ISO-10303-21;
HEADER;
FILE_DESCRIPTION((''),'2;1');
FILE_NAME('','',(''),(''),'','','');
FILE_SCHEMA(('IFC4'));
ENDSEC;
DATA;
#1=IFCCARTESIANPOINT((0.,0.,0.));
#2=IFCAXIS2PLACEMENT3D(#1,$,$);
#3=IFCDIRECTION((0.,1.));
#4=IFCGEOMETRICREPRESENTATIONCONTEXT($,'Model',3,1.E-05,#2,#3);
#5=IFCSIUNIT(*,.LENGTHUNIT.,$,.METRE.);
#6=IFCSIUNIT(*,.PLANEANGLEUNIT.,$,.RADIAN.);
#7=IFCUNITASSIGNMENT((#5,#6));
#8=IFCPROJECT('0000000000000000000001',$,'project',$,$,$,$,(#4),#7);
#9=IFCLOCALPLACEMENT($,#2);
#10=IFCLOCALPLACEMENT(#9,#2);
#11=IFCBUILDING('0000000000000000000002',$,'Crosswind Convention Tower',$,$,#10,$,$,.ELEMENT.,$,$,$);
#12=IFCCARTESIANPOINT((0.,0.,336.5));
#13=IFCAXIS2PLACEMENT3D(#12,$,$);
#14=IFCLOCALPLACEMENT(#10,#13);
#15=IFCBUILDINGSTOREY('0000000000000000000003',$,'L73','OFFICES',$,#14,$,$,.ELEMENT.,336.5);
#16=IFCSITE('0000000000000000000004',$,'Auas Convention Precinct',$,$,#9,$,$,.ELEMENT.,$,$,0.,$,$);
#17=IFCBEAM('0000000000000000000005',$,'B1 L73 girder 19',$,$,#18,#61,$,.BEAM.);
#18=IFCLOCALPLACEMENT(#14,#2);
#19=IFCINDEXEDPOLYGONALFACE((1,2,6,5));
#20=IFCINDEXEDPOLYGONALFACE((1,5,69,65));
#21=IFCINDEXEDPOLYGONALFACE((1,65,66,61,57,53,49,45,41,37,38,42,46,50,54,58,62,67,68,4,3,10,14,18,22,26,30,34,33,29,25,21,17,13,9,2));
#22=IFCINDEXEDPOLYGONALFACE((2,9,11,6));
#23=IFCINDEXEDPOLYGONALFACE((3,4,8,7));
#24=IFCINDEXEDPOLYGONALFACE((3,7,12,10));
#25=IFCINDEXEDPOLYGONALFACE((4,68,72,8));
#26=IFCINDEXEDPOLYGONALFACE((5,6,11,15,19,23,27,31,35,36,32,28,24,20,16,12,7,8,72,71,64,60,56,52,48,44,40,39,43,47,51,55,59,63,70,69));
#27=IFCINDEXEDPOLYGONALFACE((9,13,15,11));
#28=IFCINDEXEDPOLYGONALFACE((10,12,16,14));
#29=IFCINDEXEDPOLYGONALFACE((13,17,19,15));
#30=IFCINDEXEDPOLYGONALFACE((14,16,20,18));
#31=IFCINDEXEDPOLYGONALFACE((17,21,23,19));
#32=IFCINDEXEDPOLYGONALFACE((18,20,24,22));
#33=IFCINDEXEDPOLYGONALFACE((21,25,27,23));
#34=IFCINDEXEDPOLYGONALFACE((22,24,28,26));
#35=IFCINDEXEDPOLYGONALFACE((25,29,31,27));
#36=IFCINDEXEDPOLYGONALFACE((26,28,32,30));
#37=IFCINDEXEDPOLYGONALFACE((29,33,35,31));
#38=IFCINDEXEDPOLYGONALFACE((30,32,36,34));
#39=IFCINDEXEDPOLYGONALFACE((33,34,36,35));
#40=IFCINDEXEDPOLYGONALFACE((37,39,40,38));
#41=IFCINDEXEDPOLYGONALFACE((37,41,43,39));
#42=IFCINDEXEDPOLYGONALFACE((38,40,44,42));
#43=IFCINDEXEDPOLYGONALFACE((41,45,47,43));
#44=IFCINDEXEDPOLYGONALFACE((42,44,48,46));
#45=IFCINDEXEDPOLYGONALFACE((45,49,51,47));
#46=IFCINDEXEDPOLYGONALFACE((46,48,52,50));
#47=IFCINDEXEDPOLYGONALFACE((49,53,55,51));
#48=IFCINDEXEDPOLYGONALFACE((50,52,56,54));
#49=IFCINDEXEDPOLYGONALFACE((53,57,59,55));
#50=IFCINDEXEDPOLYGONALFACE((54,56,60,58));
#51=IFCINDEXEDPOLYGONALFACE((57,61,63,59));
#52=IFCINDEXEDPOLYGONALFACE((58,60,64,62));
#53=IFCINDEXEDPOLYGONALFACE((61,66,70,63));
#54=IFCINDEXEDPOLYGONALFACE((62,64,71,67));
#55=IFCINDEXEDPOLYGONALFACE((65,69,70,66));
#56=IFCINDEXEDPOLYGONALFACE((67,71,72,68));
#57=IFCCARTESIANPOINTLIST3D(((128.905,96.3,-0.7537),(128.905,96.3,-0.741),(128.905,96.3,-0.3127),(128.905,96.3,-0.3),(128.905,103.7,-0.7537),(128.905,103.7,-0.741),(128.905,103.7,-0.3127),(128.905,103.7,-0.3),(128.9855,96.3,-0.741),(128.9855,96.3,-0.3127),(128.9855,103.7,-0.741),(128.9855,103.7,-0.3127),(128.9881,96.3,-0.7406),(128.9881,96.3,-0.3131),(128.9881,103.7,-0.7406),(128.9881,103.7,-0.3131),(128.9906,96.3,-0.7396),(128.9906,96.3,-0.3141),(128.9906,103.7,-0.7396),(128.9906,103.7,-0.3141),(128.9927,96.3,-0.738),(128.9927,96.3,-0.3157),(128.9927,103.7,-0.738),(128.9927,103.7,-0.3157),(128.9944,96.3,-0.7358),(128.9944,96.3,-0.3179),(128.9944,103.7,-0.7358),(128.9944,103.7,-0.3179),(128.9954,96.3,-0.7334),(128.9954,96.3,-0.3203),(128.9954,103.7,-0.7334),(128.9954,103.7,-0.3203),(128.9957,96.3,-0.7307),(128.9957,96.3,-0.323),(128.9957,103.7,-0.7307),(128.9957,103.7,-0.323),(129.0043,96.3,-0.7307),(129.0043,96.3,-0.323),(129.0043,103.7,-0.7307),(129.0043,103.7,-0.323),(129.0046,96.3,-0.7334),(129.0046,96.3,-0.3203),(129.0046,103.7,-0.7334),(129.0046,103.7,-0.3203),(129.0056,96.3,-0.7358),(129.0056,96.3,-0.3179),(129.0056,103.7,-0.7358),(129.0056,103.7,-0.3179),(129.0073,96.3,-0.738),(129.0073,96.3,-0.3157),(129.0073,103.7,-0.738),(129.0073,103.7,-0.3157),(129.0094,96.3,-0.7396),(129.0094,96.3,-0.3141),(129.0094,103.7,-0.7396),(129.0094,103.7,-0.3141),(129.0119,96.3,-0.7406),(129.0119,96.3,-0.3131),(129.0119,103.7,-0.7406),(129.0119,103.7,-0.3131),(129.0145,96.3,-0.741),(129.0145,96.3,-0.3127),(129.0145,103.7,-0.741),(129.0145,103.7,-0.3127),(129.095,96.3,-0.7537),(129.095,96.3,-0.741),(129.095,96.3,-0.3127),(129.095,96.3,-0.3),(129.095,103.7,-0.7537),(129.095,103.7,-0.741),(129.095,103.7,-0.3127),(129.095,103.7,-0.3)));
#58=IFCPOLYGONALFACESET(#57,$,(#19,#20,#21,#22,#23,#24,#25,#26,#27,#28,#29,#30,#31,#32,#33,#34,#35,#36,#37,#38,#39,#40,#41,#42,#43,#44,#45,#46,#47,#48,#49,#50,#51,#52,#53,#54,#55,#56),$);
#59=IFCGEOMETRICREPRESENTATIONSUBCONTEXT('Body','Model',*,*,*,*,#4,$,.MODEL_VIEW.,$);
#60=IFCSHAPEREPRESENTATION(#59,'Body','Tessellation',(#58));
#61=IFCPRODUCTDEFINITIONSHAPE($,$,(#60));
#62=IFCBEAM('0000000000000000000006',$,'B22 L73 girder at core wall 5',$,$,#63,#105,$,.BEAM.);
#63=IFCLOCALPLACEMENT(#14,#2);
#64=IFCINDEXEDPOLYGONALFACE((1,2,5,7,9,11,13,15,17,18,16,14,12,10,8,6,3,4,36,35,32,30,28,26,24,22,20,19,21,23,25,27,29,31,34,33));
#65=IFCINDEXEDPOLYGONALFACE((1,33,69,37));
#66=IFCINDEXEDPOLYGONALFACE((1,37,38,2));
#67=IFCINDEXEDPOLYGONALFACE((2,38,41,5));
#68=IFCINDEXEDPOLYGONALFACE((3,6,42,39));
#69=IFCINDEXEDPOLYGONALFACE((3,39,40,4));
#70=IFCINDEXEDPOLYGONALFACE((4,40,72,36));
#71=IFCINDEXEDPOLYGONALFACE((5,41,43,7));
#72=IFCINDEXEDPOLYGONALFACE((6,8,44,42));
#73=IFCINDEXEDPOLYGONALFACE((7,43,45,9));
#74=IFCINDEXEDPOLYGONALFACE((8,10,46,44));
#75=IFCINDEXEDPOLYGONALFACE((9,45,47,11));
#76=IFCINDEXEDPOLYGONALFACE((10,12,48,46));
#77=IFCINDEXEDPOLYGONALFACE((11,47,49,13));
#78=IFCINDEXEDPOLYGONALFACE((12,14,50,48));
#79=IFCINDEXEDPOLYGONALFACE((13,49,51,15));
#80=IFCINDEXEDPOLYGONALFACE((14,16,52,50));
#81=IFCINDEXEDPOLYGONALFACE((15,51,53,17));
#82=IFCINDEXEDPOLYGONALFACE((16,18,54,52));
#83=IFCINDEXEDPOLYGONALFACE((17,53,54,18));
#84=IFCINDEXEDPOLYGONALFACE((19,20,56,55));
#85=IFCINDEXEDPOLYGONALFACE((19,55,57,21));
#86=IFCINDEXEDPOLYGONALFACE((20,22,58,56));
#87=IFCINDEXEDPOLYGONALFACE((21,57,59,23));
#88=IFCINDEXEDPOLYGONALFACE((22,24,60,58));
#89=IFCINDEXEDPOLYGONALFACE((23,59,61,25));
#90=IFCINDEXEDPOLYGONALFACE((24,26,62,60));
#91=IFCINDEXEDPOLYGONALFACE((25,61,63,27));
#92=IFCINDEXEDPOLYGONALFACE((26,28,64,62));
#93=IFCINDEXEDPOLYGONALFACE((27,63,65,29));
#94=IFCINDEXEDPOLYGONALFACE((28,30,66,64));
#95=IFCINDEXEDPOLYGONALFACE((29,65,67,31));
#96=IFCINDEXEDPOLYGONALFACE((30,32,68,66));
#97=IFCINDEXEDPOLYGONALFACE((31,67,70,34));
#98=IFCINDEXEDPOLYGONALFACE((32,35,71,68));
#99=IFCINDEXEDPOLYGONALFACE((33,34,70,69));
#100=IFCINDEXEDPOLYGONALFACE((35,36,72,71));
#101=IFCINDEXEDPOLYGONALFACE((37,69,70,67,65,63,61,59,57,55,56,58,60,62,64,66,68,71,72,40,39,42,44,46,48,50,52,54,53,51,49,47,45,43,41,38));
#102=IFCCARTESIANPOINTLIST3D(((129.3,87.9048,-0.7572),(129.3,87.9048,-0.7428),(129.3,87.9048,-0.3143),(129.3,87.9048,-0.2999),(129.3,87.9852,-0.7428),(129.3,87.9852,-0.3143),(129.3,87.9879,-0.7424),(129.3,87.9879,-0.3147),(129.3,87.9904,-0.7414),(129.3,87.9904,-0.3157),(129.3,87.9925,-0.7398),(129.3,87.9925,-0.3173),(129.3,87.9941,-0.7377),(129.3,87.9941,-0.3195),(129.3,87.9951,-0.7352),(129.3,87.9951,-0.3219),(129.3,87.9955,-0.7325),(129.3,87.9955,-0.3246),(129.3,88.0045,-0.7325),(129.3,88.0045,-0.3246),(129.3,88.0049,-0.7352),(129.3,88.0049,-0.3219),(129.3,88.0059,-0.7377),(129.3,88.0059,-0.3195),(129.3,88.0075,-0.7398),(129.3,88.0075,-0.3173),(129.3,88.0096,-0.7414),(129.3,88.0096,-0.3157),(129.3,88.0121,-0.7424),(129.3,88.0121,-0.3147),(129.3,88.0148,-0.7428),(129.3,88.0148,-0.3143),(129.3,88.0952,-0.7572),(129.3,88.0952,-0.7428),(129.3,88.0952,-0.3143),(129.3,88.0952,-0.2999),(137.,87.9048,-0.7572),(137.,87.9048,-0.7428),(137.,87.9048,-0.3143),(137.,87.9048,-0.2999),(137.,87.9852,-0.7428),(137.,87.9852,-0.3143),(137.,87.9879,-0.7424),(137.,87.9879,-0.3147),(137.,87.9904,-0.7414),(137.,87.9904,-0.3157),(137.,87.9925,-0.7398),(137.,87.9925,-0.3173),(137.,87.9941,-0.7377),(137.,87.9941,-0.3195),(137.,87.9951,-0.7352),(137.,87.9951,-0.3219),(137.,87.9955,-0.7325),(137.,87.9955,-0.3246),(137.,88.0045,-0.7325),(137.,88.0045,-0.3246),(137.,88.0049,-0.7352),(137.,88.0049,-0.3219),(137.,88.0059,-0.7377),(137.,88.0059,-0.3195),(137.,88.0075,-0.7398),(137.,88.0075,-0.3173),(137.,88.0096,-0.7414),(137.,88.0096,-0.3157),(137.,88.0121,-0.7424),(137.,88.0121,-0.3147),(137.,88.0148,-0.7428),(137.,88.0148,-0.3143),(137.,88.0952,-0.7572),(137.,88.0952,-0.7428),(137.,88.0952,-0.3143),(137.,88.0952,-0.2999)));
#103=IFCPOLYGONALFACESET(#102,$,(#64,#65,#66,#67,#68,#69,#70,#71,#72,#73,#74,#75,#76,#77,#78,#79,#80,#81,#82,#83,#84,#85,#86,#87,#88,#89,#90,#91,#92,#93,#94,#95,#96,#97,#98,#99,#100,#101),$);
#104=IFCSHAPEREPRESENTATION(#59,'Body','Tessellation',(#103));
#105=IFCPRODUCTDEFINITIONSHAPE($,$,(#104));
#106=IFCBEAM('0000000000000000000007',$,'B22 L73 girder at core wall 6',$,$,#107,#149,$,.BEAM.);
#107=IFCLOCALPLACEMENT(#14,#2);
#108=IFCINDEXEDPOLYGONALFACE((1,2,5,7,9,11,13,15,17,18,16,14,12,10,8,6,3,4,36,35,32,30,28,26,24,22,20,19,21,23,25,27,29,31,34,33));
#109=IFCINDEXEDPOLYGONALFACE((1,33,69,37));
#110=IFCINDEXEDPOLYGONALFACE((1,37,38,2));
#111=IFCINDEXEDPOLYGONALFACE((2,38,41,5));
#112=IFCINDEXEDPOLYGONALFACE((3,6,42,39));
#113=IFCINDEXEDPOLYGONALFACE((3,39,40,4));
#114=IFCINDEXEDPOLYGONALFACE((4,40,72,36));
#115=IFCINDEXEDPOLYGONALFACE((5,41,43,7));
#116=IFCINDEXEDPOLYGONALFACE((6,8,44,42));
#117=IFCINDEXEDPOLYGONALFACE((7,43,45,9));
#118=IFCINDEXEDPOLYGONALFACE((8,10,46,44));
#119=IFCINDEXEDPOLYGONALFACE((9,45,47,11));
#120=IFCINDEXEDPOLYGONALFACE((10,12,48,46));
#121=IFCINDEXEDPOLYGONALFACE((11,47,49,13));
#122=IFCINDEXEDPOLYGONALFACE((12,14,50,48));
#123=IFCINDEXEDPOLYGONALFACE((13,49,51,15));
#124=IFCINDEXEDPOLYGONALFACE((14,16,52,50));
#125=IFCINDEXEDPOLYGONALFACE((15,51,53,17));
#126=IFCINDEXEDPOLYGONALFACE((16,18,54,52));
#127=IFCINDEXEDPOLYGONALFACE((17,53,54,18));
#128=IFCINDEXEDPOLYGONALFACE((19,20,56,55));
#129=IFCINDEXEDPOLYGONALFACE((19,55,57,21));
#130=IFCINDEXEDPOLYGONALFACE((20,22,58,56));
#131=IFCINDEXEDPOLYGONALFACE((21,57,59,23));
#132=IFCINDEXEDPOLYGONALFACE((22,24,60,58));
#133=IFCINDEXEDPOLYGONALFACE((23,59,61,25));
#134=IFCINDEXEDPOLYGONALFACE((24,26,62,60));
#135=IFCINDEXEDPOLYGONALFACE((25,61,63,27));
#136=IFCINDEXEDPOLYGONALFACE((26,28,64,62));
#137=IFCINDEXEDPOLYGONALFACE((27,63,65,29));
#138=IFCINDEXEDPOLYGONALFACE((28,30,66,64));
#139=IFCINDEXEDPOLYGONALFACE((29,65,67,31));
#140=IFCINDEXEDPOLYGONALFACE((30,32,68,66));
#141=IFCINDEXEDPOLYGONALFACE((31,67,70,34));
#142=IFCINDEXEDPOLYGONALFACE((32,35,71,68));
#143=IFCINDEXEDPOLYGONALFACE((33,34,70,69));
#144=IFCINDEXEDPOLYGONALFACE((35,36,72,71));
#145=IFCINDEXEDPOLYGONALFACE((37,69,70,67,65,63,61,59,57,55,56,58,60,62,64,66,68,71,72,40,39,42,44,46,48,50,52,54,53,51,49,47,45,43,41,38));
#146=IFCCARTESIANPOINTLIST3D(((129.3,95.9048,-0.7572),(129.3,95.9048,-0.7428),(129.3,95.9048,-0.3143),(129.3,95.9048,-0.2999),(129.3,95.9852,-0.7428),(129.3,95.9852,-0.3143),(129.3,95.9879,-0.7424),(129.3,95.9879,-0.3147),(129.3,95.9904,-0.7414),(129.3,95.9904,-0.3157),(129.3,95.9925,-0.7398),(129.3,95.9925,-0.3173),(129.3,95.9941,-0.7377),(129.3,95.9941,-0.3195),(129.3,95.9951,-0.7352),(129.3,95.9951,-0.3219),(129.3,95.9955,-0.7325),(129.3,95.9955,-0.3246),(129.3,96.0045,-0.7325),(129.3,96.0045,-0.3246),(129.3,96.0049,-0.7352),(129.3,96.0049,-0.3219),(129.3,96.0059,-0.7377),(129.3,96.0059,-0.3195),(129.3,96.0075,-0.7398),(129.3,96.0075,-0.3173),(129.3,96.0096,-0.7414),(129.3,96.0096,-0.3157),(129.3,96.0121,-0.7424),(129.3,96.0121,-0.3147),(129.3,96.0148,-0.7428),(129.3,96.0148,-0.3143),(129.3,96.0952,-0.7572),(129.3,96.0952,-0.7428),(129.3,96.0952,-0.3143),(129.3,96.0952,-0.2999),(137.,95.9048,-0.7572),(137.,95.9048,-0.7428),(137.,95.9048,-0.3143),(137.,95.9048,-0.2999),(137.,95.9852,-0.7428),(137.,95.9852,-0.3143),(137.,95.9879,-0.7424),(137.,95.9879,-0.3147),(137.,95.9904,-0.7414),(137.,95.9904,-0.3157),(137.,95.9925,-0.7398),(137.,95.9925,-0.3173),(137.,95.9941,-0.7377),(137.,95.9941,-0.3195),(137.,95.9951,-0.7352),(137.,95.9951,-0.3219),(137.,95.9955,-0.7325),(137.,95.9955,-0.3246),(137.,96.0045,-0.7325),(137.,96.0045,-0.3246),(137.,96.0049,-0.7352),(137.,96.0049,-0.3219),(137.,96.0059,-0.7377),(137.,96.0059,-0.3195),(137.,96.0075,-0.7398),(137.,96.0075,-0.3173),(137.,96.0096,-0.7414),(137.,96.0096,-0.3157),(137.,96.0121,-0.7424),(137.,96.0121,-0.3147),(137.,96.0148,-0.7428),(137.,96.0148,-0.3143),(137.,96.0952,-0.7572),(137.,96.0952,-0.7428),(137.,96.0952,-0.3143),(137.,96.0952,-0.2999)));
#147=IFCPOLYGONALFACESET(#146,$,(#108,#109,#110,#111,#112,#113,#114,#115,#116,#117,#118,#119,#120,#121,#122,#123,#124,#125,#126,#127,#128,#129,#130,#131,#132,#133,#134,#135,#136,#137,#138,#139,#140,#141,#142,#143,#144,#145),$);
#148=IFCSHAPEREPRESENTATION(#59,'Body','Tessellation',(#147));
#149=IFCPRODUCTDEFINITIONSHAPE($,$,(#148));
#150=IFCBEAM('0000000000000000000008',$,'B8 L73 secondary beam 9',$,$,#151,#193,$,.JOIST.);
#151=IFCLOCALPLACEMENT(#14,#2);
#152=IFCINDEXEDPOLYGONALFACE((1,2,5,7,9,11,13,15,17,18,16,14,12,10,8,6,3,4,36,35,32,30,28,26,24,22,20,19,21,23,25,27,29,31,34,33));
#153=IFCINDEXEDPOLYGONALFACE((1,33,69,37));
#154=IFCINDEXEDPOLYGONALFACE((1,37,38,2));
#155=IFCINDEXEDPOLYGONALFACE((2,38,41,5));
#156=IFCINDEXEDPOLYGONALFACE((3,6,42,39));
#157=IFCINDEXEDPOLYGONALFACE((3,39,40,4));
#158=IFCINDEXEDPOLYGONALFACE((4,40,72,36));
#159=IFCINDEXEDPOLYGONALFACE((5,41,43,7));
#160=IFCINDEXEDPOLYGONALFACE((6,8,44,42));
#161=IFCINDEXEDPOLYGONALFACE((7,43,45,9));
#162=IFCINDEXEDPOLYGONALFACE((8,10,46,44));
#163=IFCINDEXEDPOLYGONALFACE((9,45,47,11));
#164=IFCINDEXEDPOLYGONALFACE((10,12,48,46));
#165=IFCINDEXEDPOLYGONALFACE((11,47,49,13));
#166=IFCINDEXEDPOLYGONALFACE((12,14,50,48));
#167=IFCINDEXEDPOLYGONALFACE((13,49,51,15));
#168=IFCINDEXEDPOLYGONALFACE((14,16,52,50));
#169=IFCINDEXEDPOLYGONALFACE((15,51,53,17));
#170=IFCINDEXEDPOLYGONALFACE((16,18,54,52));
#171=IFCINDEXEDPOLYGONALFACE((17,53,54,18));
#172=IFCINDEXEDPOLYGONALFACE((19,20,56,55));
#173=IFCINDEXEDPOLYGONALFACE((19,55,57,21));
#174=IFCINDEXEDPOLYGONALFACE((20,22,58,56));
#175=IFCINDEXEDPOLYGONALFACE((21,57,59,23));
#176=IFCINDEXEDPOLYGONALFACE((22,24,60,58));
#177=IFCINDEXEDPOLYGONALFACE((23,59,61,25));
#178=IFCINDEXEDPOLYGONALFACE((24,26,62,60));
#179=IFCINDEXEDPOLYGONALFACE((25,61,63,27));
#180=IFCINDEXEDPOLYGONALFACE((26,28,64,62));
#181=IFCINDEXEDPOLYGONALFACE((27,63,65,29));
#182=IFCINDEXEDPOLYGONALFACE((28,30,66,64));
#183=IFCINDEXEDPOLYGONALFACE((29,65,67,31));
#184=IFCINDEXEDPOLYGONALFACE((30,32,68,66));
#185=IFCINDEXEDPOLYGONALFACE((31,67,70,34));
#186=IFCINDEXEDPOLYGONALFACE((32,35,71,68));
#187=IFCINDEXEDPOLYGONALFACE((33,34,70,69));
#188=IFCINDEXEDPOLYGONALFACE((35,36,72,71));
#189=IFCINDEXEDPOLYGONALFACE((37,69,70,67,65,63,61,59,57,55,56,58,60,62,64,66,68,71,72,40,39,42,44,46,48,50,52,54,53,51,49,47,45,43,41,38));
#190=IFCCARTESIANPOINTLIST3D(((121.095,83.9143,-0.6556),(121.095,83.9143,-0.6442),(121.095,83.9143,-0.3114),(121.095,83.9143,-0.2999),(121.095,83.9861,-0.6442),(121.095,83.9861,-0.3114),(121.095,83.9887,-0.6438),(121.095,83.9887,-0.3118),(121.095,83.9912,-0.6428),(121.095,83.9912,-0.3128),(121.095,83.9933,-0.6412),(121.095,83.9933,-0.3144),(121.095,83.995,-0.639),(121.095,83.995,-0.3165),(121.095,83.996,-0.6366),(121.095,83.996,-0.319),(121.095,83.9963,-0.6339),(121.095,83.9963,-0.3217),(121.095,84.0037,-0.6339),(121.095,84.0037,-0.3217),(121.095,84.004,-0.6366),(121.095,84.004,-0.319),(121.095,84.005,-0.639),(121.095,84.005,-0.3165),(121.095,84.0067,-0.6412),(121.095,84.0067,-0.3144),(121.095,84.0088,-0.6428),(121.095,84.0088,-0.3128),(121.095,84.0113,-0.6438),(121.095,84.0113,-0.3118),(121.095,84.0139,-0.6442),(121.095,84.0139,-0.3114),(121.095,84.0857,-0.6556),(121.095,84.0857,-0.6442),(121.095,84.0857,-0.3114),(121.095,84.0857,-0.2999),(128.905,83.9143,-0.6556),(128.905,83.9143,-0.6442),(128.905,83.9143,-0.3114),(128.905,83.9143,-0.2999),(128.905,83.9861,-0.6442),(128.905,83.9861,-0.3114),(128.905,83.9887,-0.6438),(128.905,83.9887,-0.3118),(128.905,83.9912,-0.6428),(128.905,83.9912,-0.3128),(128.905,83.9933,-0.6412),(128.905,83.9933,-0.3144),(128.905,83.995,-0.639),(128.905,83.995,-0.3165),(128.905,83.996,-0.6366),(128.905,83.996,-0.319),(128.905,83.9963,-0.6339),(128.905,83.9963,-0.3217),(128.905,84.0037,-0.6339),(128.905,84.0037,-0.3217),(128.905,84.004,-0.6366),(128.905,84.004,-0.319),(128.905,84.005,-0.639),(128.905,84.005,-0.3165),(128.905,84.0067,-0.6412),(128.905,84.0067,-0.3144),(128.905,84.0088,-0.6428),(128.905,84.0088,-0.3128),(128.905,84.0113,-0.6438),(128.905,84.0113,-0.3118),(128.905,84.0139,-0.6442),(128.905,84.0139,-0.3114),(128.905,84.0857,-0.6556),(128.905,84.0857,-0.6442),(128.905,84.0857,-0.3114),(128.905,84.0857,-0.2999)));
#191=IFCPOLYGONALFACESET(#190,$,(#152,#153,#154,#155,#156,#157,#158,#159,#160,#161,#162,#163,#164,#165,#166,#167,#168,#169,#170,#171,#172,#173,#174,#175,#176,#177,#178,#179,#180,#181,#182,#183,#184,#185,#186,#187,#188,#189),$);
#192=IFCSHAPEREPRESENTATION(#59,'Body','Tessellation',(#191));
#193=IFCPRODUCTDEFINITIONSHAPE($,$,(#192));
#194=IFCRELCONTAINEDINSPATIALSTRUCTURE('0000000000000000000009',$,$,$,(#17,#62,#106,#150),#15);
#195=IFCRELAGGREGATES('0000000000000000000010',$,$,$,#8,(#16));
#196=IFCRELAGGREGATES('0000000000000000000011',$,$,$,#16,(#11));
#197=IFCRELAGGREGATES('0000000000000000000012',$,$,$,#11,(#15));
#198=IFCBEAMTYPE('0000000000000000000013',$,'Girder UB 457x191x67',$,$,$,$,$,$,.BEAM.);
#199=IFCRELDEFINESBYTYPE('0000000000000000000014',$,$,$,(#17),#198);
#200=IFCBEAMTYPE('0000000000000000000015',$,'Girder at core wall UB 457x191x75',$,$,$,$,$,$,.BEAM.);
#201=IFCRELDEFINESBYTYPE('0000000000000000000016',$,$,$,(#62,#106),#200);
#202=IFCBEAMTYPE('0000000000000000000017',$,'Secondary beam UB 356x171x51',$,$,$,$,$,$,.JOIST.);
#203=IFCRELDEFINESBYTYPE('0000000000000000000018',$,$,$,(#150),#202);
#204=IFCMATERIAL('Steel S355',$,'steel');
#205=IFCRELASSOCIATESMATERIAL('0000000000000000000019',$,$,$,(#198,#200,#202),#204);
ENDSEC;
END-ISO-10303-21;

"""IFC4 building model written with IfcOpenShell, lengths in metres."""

from ifc_helpers import new_model, si_unit, direction, frame, origin, origin_2d, place, context, subcontext, project, spatial, i_section, extrude, material, material_profile, profile_set, type_object, element, save


model = new_model("IFC4")

# Units and contexts
model_context = context("Model", 3, precision=1e-05, world=origin(), true_north=direction((0.0, 1.0)))
body_context = subcontext(model_context, "Body", "Model", "MODEL_VIEW")
ifc_project = project(units=[si_unit("LENGTHUNIT", "METRE"), si_unit("PLANEANGLEUNIT", "RADIAN")], contexts=[model_context])

# Site, building, storey
site_placement = place(None, origin())
site = spatial("IfcSite", under=ifc_project, at=site_placement, Name="Auas Convention Precinct", CompositionType="ELEMENT", RefElevation=0.0)
building_placement = place(site_placement, origin())
building = spatial("IfcBuilding", under=site, at=building_placement, Name="Crosswind Convention Tower", CompositionType="ELEMENT")
storey_placement = place(building_placement, frame((0.0, 0.0, 336.5)))
storey = spatial("IfcBuildingStorey", under=building, at=storey_placement, Name="L73", Description="OFFICES", CompositionType="ELEMENT", Elevation=336.5)

# Beams
ifc_material_1 = material(Name="Steel S355", Category="steel")
ifc_material_profile_1 = material_profile(ifc_material_1, i_section(OverallWidth=0.1899, OverallDepth=0.4536, WebThickness=0.0085, FlangeThickness=0.0127, FilletRadius=0.0103, at=origin_2d()), Name="UB 457x191x67")
ifc_profile_set_1 = profile_set([ifc_material_profile_1], Name="Steel S355")
beam_type_1 = type_object("IfcBeamType", Name="Girder UB 457x191x67", PredefinedType="BEAM", material=ifc_profile_set_1)
for number, where, z_axis, x_axis, name in (
    (1, (129.0, 96.3, -0.5269), (0.0, 1.0, 0.0), (-1.0, 0.0, 0.0), "B1 L73 girder 19"),
):
    element("IfcBeam", number, at=place(storey_placement, frame(where, z_axis=z_axis, x_axis=x_axis)), inside=storey, type_object=beam_type_1, Name=name, PredefinedType="BEAM", context=body_context, shape_type="SweptSolid", body=[
        extrude(i_section(OverallWidth=0.1899, OverallDepth=0.4536, WebThickness=0.0085, FlangeThickness=0.0127, FilletRadius=0.0103, at=origin_2d()), origin(), (0.0, 0.0, 1.0), 7.3999),
    ])
ifc_material_profile_2 = material_profile(ifc_material_1, i_section(OverallWidth=0.1904, OverallDepth=0.4573, WebThickness=0.009, FlangeThickness=0.0144, FilletRadius=0.0103, at=origin_2d()), Name="UB 457x191x75")
ifc_profile_set_2 = profile_set([ifc_material_profile_2], Name="Steel S355")
beam_type_2 = type_object("IfcBeamType", Name="Girder at core wall UB 457x191x75", PredefinedType="BEAM", material=ifc_profile_set_2)
for number, where, z_axis, x_axis, name in (
    (2, (129.3, 88.0, -0.5286), (1.0, 0.0, 0.0), (0.0, 1.0, 0.0), "B22 L73 girder at core wall 5"),
    (3, (129.3, 96.0, -0.5286), (1.0, 0.0, 0.0), (0.0, 1.0, 0.0), "B22 L73 girder at core wall 6"),
):
    element("IfcBeam", number, at=place(storey_placement, frame(where, z_axis=z_axis, x_axis=x_axis)), inside=storey, type_object=beam_type_2, Name=name, PredefinedType="BEAM", context=body_context, shape_type="SweptSolid", body=[
        extrude(i_section(OverallWidth=0.1904, OverallDepth=0.4573, WebThickness=0.009, FlangeThickness=0.0144, FilletRadius=0.0103, at=origin_2d()), origin(), (0.0, 0.0, 1.0), 7.7),
    ])
ifc_material_profile_3 = material_profile(ifc_material_1, i_section(OverallWidth=0.1714, OverallDepth=0.3557, WebThickness=0.0073, FlangeThickness=0.0115, FilletRadius=0.0103, at=origin_2d()), Name="UB 356x171x51")
ifc_profile_set_3 = profile_set([ifc_material_profile_3], Name="Steel S355")
beam_type_3 = type_object("IfcBeamType", Name="Secondary beam UB 356x171x51", PredefinedType="JOIST", material=ifc_profile_set_3)
for number, where, z_axis, x_axis, name in (
    (4, (121.095, 84.0, -0.4778), (1.0, 0.0, 0.0), (0.0, 1.0, 0.0), "B8 L73 secondary beam 9"),
):
    element("IfcBeam", number, at=place(storey_placement, frame(where, z_axis=z_axis, x_axis=x_axis)), inside=storey, type_object=beam_type_3, Name=name, PredefinedType="JOIST", context=body_context, shape_type="SweptSolid", body=[
        extrude(i_section(OverallWidth=0.1714, OverallDepth=0.3557, WebThickness=0.0073, FlangeThickness=0.0115, FilletRadius=0.0103, at=origin_2d()), origin(), (0.0, 0.0, 1.0), 7.8101),
    ])

save(model, "model.ifc")
